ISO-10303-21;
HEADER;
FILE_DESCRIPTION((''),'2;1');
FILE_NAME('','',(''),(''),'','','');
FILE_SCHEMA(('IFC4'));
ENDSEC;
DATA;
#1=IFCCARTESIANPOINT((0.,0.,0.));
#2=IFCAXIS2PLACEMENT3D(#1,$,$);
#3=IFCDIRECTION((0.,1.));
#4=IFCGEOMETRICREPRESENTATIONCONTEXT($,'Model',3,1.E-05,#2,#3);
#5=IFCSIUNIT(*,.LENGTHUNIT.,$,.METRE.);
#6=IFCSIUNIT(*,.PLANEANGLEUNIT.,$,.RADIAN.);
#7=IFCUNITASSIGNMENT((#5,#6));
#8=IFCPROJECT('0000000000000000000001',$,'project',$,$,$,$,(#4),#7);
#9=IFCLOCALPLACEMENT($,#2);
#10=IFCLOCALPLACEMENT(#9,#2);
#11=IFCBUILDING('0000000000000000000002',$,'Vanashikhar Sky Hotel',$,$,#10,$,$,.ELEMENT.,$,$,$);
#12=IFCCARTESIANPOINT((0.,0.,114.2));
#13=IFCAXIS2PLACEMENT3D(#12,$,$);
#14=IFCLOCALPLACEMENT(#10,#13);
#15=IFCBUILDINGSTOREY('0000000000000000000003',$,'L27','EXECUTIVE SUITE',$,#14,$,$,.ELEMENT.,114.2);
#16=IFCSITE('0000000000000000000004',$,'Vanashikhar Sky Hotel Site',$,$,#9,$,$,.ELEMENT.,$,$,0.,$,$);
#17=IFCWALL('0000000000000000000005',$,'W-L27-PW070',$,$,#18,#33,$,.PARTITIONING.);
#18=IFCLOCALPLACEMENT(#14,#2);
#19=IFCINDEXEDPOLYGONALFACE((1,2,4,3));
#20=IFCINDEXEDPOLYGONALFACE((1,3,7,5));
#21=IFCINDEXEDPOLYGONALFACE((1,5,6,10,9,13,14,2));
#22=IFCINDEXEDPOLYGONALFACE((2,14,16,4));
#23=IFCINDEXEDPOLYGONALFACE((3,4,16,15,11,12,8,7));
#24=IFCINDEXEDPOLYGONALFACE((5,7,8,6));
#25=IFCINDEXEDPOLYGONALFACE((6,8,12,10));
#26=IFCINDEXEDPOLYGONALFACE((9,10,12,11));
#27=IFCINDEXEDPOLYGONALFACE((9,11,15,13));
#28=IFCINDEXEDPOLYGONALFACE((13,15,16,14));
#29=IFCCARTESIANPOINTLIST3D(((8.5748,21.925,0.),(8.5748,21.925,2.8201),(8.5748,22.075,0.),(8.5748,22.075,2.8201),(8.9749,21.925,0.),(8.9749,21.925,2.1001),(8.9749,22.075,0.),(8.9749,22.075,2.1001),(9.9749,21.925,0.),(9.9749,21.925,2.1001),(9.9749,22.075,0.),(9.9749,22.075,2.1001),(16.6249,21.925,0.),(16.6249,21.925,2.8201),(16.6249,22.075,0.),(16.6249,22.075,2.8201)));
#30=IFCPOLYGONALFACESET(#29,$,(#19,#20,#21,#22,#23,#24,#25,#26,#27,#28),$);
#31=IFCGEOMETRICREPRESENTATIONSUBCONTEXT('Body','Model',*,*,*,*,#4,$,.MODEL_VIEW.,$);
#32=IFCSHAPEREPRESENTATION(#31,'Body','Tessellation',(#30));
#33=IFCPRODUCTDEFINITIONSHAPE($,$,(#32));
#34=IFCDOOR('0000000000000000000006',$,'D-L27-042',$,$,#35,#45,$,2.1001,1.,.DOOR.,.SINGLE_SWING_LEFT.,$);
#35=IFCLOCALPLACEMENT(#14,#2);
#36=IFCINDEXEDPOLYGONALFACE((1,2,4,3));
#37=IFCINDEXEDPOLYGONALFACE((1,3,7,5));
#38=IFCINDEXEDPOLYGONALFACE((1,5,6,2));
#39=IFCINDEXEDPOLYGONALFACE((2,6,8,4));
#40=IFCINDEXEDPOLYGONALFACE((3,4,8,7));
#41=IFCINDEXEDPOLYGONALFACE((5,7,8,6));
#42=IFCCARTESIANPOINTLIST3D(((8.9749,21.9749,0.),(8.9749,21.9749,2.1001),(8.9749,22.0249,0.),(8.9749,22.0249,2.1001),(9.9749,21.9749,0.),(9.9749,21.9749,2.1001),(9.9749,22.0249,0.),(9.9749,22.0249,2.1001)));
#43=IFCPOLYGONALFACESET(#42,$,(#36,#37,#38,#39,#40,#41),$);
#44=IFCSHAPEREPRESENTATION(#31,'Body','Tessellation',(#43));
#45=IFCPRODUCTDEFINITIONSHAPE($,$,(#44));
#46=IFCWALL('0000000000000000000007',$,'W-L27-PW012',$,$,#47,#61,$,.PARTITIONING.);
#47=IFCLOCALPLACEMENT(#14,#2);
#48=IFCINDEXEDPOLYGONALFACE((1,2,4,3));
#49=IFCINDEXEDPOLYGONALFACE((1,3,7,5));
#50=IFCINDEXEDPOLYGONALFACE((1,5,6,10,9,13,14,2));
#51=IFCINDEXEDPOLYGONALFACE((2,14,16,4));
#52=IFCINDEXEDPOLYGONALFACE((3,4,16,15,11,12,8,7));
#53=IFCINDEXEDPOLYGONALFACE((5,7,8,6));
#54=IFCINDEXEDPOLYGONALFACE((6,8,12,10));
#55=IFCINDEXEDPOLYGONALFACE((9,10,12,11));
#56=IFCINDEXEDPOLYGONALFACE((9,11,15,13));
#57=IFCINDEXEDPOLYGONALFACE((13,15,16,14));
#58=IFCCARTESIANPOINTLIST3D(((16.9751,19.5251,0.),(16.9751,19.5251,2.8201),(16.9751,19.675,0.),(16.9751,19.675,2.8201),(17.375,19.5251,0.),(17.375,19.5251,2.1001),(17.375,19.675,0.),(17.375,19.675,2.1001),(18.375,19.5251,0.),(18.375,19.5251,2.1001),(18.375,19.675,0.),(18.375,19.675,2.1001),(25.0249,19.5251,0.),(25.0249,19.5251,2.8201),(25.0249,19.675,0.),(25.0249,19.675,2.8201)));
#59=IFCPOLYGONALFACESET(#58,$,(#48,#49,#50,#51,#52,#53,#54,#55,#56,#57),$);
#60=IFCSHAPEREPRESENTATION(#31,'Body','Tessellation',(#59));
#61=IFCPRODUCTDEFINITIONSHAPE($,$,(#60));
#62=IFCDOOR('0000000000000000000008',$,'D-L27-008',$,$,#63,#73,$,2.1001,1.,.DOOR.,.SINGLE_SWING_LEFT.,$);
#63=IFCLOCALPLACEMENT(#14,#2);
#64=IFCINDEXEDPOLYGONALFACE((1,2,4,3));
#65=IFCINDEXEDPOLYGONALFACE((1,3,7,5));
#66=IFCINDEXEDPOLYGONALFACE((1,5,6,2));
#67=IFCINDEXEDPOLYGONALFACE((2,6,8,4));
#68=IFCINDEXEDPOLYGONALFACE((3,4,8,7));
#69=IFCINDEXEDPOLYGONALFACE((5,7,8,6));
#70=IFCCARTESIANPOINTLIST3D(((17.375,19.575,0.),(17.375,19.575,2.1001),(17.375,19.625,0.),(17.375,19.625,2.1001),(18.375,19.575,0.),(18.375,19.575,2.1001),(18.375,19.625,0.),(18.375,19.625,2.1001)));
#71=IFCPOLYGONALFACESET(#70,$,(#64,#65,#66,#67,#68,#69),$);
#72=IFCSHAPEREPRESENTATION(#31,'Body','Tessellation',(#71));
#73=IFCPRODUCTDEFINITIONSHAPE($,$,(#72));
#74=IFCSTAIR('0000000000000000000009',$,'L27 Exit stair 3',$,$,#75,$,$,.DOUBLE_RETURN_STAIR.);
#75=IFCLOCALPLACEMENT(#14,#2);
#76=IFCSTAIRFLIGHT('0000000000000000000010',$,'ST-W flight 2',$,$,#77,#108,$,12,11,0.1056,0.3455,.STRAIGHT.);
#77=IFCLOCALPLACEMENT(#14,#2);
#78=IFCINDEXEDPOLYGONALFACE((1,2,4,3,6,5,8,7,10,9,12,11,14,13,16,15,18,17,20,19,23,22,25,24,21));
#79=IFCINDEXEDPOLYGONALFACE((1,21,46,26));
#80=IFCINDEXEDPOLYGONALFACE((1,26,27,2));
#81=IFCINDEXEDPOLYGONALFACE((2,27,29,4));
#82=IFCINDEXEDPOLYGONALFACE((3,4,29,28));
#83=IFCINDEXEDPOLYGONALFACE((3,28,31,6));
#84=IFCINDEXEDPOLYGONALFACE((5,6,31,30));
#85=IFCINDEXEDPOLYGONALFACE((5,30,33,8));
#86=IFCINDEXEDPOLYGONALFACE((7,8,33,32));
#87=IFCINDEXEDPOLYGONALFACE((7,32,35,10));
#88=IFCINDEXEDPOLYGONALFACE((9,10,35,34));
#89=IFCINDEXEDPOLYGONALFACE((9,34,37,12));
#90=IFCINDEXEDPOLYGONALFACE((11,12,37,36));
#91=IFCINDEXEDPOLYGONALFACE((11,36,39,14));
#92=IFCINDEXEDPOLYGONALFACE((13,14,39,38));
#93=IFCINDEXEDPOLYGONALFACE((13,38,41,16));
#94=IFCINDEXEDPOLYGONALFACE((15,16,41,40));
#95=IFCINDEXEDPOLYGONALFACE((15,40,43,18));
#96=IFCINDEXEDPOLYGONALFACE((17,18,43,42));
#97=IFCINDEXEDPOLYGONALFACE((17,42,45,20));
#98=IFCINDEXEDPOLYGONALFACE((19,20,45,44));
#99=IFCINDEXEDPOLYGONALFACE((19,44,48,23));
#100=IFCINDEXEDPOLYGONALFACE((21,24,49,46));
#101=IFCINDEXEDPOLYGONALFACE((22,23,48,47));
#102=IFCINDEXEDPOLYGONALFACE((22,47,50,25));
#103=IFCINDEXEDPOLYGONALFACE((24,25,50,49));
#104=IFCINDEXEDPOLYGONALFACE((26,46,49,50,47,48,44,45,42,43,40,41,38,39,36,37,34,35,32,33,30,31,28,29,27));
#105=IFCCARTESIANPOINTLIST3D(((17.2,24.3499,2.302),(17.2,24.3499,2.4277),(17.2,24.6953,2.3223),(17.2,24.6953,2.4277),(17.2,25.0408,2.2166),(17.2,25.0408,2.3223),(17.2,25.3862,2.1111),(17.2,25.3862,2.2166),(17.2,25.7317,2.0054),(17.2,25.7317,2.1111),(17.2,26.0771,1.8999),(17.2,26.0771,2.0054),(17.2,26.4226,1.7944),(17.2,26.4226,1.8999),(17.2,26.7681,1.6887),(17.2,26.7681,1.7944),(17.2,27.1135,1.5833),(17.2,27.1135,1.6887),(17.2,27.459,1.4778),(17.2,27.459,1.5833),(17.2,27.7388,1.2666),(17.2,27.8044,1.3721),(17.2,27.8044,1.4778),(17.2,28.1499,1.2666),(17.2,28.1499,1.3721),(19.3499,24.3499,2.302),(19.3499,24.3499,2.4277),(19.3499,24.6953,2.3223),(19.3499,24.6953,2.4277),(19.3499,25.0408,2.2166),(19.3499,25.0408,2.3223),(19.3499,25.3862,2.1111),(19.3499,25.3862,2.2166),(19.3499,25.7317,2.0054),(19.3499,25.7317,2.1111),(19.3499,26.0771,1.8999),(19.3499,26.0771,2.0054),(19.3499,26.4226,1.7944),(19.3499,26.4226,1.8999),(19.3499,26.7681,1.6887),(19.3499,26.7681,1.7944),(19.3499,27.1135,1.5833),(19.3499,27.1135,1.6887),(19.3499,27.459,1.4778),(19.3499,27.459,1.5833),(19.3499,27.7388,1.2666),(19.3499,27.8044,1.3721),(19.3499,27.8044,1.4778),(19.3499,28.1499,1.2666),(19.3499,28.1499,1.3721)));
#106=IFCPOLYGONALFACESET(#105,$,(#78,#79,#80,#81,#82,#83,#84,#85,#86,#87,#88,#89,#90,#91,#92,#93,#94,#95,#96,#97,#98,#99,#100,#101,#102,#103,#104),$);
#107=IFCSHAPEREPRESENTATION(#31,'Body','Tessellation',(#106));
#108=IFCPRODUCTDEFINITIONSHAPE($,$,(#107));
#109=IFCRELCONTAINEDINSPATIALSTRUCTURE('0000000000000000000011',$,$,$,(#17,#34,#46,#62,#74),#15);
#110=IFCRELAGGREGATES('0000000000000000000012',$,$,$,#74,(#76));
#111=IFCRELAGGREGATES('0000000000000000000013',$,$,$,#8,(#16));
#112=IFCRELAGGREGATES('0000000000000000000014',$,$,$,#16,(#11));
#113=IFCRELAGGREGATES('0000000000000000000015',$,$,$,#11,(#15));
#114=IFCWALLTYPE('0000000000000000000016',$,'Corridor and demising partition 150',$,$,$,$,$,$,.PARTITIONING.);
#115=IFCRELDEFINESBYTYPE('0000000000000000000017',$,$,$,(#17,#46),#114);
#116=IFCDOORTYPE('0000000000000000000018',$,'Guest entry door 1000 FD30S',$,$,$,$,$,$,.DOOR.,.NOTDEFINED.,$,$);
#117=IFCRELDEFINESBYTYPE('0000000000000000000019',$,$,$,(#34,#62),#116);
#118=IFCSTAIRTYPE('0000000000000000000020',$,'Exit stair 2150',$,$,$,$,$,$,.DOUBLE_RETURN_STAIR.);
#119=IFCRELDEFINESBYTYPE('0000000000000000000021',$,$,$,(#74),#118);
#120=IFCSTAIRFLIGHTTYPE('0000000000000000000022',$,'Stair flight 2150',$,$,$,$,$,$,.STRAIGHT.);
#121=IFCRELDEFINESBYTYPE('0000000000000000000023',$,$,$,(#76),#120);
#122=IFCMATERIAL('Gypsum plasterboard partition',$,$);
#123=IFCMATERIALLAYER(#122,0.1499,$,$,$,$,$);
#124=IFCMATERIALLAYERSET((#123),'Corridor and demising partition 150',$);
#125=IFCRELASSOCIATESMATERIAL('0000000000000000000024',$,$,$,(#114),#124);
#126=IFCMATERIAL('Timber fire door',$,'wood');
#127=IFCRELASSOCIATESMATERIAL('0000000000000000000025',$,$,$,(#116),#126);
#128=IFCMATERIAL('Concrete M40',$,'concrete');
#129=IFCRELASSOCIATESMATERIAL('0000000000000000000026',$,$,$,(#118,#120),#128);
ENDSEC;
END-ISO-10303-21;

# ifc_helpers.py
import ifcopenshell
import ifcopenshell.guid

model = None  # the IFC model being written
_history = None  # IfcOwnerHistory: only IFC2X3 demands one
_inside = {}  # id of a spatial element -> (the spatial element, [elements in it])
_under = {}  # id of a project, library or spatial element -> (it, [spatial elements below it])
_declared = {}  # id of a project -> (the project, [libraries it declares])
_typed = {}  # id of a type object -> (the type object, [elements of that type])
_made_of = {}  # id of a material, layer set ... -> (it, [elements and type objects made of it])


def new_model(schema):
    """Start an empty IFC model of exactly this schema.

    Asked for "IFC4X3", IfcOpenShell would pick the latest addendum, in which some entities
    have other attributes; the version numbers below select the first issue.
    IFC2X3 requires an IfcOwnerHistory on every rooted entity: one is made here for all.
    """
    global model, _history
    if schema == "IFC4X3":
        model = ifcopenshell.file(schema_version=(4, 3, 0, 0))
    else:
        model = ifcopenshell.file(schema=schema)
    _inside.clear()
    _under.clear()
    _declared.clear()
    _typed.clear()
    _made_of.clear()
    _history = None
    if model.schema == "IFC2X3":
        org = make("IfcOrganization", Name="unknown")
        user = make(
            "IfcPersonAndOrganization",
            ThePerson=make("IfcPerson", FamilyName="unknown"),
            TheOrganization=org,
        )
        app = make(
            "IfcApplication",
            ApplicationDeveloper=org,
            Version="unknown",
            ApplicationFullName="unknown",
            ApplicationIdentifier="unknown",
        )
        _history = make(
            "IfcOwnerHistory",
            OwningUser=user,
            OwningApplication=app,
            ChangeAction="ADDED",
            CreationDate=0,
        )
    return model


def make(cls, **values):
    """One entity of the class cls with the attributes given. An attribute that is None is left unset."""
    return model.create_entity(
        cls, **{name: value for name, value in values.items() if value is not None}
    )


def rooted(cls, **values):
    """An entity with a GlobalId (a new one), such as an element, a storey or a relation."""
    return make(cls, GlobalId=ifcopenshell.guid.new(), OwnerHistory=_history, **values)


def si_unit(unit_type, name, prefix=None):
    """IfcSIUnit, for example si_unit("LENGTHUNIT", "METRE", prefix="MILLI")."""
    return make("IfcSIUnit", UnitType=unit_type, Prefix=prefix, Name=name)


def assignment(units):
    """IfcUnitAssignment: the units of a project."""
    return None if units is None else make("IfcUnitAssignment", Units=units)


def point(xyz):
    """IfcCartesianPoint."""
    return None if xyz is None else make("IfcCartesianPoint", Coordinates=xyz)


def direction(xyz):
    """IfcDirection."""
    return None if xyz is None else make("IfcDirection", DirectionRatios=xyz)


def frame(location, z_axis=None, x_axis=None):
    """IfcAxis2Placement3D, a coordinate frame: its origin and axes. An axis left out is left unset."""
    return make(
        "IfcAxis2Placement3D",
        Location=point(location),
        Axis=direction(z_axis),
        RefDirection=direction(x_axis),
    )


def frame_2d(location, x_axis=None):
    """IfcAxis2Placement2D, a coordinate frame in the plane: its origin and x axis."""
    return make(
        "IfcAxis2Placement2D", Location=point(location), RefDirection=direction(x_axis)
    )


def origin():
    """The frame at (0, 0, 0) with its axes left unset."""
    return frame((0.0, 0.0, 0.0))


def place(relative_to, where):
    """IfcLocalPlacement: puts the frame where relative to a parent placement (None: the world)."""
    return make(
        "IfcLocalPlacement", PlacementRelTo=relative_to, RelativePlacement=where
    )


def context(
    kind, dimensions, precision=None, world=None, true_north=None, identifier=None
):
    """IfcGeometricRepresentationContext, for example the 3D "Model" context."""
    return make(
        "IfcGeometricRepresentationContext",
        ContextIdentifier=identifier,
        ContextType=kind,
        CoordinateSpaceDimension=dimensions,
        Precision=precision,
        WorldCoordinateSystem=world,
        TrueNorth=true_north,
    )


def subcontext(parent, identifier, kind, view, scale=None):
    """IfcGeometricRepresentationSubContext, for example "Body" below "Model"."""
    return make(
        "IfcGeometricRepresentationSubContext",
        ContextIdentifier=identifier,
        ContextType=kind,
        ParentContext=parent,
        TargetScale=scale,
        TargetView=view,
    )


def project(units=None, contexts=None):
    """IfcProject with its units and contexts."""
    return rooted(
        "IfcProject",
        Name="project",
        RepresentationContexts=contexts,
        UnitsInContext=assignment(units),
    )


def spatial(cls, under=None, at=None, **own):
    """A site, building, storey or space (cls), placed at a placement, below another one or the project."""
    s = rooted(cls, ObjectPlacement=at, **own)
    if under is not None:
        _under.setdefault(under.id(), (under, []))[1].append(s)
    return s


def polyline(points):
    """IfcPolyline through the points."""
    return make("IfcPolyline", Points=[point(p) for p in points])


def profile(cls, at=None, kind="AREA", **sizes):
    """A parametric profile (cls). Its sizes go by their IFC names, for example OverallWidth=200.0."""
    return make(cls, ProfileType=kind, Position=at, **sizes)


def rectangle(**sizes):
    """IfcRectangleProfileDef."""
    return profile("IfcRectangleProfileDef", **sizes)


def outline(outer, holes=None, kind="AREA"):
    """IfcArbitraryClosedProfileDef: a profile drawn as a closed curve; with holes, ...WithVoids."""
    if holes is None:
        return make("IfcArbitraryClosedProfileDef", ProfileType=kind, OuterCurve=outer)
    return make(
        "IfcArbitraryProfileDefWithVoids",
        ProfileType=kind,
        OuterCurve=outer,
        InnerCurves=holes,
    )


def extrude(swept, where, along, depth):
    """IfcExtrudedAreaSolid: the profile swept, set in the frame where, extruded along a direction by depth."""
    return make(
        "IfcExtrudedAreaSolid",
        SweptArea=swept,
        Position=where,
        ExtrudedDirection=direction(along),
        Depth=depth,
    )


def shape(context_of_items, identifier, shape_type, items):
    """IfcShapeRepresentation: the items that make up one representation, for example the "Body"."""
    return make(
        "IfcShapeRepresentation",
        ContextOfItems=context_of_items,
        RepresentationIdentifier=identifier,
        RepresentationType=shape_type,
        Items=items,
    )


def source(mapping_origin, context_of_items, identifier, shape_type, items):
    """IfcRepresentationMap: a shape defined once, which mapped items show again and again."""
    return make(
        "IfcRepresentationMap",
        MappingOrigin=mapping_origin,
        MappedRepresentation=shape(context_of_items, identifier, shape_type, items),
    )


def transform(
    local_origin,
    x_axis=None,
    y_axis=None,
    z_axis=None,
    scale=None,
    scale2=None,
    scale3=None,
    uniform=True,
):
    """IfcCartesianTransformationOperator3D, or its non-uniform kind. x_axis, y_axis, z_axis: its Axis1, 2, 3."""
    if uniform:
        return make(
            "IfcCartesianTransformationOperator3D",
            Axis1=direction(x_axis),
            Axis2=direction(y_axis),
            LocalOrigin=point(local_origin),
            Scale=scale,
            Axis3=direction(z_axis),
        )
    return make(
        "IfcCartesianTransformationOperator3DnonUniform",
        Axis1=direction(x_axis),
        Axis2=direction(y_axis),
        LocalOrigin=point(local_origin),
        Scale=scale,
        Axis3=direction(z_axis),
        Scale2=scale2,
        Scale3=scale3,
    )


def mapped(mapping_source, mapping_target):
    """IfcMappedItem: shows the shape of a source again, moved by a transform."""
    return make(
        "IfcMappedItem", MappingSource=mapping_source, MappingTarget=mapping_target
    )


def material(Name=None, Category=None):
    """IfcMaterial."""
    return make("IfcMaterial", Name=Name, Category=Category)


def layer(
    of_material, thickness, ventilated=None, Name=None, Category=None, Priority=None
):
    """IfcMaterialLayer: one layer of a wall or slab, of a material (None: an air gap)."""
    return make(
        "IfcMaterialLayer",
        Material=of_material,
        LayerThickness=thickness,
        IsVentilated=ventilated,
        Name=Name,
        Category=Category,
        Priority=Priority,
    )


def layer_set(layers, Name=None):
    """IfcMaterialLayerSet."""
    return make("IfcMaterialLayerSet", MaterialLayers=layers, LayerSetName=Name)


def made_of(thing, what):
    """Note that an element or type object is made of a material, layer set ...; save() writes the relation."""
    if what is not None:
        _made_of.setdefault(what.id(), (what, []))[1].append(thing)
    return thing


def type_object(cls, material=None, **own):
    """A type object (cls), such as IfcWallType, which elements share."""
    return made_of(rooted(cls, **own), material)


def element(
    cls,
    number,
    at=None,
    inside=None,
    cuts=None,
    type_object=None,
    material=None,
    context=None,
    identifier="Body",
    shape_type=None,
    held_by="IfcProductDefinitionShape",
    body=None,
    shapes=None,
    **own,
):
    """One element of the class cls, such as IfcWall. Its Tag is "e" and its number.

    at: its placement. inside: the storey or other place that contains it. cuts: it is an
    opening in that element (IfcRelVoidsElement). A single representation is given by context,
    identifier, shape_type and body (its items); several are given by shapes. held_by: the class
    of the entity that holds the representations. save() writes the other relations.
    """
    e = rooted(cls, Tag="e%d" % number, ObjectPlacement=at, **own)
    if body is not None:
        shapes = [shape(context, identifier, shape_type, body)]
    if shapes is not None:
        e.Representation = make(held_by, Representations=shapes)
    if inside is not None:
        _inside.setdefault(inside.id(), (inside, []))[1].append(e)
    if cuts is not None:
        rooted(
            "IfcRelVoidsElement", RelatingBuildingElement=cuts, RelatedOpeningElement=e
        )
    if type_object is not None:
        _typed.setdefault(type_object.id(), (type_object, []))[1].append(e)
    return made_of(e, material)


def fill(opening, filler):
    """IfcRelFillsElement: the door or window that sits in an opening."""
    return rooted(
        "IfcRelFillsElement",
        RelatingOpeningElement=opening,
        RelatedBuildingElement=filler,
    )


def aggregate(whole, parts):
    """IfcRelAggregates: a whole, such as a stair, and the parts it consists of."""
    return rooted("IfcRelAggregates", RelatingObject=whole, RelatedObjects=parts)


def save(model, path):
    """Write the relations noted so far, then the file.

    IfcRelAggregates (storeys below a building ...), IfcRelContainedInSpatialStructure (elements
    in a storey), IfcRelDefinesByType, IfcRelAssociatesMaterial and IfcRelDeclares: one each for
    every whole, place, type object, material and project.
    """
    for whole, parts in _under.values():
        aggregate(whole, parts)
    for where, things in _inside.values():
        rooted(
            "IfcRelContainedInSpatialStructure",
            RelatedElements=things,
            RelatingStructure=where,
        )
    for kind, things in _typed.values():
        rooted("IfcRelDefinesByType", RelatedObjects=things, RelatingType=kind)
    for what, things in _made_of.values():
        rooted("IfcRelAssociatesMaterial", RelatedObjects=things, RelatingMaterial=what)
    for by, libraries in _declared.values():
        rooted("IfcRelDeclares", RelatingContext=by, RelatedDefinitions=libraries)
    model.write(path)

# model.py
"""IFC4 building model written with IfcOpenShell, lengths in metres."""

from ifc_helpers import new_model, si_unit, direction, frame, frame_2d, origin, place, context, subcontext, project, spatial, polyline, rectangle, outline, extrude, source, transform, mapped, material, layer, layer_set, type_object, element, fill, aggregate, save


model = new_model("IFC4")

# Units and contexts
model_context = context("Model", 3, precision=1e-05, world=origin(), true_north=direction((0.0, 1.0)))
body_context = subcontext(model_context, "Body", "Model", "MODEL_VIEW")
ifc_project = project(units=[si_unit("LENGTHUNIT", "METRE"), si_unit("PLANEANGLEUNIT", "RADIAN")], contexts=[model_context])

# Site, building, storey
site_placement = place(None, origin())
site = spatial("IfcSite", under=ifc_project, at=site_placement, Name="Vanashikhar Sky Hotel Site", CompositionType="ELEMENT", RefElevation=0.0)
building_placement = place(site_placement, origin())
building = spatial("IfcBuilding", under=site, at=building_placement, Name="Vanashikhar Sky Hotel", CompositionType="ELEMENT")
storey_placement = place(building_placement, frame((0.0, 0.0, 114.2)))
storey = spatial("IfcBuildingStorey", under=building, at=storey_placement, Name="L27", Description="EXECUTIVE SUITE", CompositionType="ELEMENT", Elevation=114.2)

# Shared definitions
ifc_material_1 = material(Name="Gypsum plasterboard partition")

# Walls, openings, doors
ifc_layer_1 = layer(ifc_material_1, 0.1499)
ifc_layer_set_1 = layer_set([ifc_layer_1], Name="Corridor and demising partition 150")
wall_type_1 = type_object("IfcWallType", Name="Corridor and demising partition 150", PredefinedType="PARTITIONING", material=ifc_layer_set_1)
shared_shape_1 = source(origin(), body_context, "Body", "SweptSolid", [
    extrude(rectangle(XDim=8.05, YDim=0.1499, at=frame_2d((4.0249, 0.0))), origin(), (0.0, 0.0, 1.0), 2.8201),
])
wall_1_placement = place(storey_placement, frame((8.575, 22.0, 0.0), z_axis=(0.0, 0.0, 1.0), x_axis=(1.0, 0.0, 0.0)))
wall_1 = element("IfcWall", 1, at=wall_1_placement, inside=storey, type_object=wall_type_1, Name="W-L27-PW070", PredefinedType="PARTITIONING", context=body_context, shape_type="MappedRepresentation", body=[
    mapped(shared_shape_1, transform((0.0, 0.0, 0.0), scale=1.0)),
])
shared_shape_2 = source(origin(), body_context, "Body", "SweptSolid", [
    extrude(rectangle(XDim=1.0, YDim=2.1001, at=frame_2d((0.5, 1.05))), frame((0.0, 0.085, 0.0), z_axis=(0.0, -1.0, 0.0), x_axis=(1.0, 0.0, 0.0)), (0.0, 0.0, 1.0), 0.1699),
])
opening_1_placement = place(wall_1_placement, frame((0.3999, 0.0, 0.0)))
opening_1 = element("IfcOpeningElement", 2, at=opening_1_placement, cuts=wall_1, PredefinedType="OPENING", context=body_context, shape_type="MappedRepresentation", body=[
    mapped(shared_shape_2, transform((0.0, 0.0, 0.0), scale=1.0)),
])
ifc_material_2 = material(Name="Timber fire door", Category="wood")
door_type_1 = type_object("IfcDoorType", Name="Guest entry door 1000 FD30S", OperationType="NOTDEFINED", PredefinedType="DOOR", material=ifc_material_2)
shared_shape_3 = source(origin(), body_context, "Body", "SweptSolid", [
    extrude(rectangle(XDim=1.0, YDim=2.1001, at=frame_2d((0.5, 1.05))), frame((0.0, 0.0249, 0.0), z_axis=(0.0, -1.0, 0.0), x_axis=(1.0, 0.0, 0.0)), (0.0, 0.0, 1.0), 0.05),
])
door_1_placement = place(opening_1_placement, origin())
door_1 = element("IfcDoor", 3, at=door_1_placement, inside=storey, type_object=door_type_1, Name="D-L27-042", OperationType="SINGLE_SWING_LEFT", OverallHeight=2.1001, OverallWidth=1.0, PredefinedType="DOOR", context=body_context, shape_type="MappedRepresentation", body=[
    mapped(shared_shape_3, transform((0.0, 0.0, 0.0), scale=1.0)),
])
fill(opening_1, door_1)
shared_shape_4 = source(origin(), body_context, "Body", "SweptSolid", [
    extrude(rectangle(XDim=8.0498, YDim=0.1499, at=frame_2d((4.0249, 0.0))), origin(), (0.0, 0.0, 1.0), 2.8201),
])
wall_2_placement = place(storey_placement, frame((16.9751, 19.6001, 0.0), z_axis=(0.0, 0.0, 1.0), x_axis=(1.0, 0.0, 0.0)))
wall_2 = element("IfcWall", 4, at=wall_2_placement, inside=storey, type_object=wall_type_1, Name="W-L27-PW012", PredefinedType="PARTITIONING", context=body_context, shape_type="MappedRepresentation", body=[
    mapped(shared_shape_4, transform((0.0, 0.0, 0.0), scale=1.0)),
])
opening_2_placement = place(wall_2_placement, frame((0.3999, 0.0, 0.0)))
opening_2 = element("IfcOpeningElement", 5, at=opening_2_placement, cuts=wall_2, PredefinedType="OPENING", context=body_context, shape_type="MappedRepresentation", body=[
    mapped(shared_shape_2, transform((0.0, 0.0, 0.0), scale=1.0)),
])
door_2_placement = place(opening_2_placement, origin())
door_2 = element("IfcDoor", 6, at=door_2_placement, inside=storey, type_object=door_type_1, Name="D-L27-008", OperationType="SINGLE_SWING_LEFT", OverallHeight=2.1001, OverallWidth=1.0, PredefinedType="DOOR", context=body_context, shape_type="MappedRepresentation", body=[
    mapped(shared_shape_3, transform((0.0, 0.0, 0.0), scale=1.0)),
])
fill(opening_2, door_2)

# Stair, stair flight
ifc_material_3 = material(Name="Concrete M40", Category="concrete")
stair_type = type_object("IfcStairType", Name="Exit stair 2150", PredefinedType="DOUBLE_RETURN_STAIR", material=ifc_material_3)
stair_placement = place(storey_placement, origin())
stair = element("IfcStair", 7, at=stair_placement, inside=storey, type_object=stair_type, Name="L27 Exit stair 3", PredefinedType="DOUBLE_RETURN_STAIR")
stair_flight_type = type_object("IfcStairFlightType", Name="Stair flight 2150", PredefinedType="STRAIGHT", material=ifc_material_3)
shared_shape_5 = source(origin(), body_context, "Body", "SweptSolid", [
    extrude(outline(polyline([(0.0, 0.0), (0.0, 0.1055), (0.3455, 0.1055), (0.3455, 0.2112), (0.6909, 0.2112), (0.6909, 0.3167), (1.0364, 0.3167), (1.0364, 0.4221), (1.3818, 0.4221), (1.3818, 0.5278), (1.7273, 0.5278), (1.7273, 0.6333), (2.0728, 0.6333), (2.0728, 0.7388), (2.4182, 0.7388), (2.4182, 0.8445), (2.7637, 0.8445), (2.7637, 0.95), (3.1091, 0.95), (3.1091, 1.0557), (3.4546, 1.0557), (3.4546, 1.1611), (3.8, 1.1611), (3.8, 1.2666), (3.8, 1.0354), (0.4111, 0.0), (0.0, 0.0)])), frame((0.0, 1.075, 0.0), z_axis=(0.0, -1.0, 0.0), x_axis=(1.0, 0.0, 0.0)), (0.0, 0.0, 1.0), 2.1499),
])
stair_flight_placement = place(storey_placement, frame((18.2749, 28.1499, 1.2666), z_axis=(0.0, 0.0, 1.0), x_axis=(0.0, -1.0, 0.0)))
stair_flight = element("IfcStairFlight", 8, at=stair_flight_placement, type_object=stair_flight_type, Name="ST-W flight 2", NumberOfRisers=12, NumberOfTreads=11, PredefinedType="STRAIGHT", RiserHeight=0.1056, TreadLength=0.3455, context=body_context, shape_type="MappedRepresentation", body=[
    mapped(shared_shape_5, transform((0.0, 0.0, 0.0), scale=1.0)),
])
aggregate(stair, [stair_flight])

save(model, "model.ifc")
